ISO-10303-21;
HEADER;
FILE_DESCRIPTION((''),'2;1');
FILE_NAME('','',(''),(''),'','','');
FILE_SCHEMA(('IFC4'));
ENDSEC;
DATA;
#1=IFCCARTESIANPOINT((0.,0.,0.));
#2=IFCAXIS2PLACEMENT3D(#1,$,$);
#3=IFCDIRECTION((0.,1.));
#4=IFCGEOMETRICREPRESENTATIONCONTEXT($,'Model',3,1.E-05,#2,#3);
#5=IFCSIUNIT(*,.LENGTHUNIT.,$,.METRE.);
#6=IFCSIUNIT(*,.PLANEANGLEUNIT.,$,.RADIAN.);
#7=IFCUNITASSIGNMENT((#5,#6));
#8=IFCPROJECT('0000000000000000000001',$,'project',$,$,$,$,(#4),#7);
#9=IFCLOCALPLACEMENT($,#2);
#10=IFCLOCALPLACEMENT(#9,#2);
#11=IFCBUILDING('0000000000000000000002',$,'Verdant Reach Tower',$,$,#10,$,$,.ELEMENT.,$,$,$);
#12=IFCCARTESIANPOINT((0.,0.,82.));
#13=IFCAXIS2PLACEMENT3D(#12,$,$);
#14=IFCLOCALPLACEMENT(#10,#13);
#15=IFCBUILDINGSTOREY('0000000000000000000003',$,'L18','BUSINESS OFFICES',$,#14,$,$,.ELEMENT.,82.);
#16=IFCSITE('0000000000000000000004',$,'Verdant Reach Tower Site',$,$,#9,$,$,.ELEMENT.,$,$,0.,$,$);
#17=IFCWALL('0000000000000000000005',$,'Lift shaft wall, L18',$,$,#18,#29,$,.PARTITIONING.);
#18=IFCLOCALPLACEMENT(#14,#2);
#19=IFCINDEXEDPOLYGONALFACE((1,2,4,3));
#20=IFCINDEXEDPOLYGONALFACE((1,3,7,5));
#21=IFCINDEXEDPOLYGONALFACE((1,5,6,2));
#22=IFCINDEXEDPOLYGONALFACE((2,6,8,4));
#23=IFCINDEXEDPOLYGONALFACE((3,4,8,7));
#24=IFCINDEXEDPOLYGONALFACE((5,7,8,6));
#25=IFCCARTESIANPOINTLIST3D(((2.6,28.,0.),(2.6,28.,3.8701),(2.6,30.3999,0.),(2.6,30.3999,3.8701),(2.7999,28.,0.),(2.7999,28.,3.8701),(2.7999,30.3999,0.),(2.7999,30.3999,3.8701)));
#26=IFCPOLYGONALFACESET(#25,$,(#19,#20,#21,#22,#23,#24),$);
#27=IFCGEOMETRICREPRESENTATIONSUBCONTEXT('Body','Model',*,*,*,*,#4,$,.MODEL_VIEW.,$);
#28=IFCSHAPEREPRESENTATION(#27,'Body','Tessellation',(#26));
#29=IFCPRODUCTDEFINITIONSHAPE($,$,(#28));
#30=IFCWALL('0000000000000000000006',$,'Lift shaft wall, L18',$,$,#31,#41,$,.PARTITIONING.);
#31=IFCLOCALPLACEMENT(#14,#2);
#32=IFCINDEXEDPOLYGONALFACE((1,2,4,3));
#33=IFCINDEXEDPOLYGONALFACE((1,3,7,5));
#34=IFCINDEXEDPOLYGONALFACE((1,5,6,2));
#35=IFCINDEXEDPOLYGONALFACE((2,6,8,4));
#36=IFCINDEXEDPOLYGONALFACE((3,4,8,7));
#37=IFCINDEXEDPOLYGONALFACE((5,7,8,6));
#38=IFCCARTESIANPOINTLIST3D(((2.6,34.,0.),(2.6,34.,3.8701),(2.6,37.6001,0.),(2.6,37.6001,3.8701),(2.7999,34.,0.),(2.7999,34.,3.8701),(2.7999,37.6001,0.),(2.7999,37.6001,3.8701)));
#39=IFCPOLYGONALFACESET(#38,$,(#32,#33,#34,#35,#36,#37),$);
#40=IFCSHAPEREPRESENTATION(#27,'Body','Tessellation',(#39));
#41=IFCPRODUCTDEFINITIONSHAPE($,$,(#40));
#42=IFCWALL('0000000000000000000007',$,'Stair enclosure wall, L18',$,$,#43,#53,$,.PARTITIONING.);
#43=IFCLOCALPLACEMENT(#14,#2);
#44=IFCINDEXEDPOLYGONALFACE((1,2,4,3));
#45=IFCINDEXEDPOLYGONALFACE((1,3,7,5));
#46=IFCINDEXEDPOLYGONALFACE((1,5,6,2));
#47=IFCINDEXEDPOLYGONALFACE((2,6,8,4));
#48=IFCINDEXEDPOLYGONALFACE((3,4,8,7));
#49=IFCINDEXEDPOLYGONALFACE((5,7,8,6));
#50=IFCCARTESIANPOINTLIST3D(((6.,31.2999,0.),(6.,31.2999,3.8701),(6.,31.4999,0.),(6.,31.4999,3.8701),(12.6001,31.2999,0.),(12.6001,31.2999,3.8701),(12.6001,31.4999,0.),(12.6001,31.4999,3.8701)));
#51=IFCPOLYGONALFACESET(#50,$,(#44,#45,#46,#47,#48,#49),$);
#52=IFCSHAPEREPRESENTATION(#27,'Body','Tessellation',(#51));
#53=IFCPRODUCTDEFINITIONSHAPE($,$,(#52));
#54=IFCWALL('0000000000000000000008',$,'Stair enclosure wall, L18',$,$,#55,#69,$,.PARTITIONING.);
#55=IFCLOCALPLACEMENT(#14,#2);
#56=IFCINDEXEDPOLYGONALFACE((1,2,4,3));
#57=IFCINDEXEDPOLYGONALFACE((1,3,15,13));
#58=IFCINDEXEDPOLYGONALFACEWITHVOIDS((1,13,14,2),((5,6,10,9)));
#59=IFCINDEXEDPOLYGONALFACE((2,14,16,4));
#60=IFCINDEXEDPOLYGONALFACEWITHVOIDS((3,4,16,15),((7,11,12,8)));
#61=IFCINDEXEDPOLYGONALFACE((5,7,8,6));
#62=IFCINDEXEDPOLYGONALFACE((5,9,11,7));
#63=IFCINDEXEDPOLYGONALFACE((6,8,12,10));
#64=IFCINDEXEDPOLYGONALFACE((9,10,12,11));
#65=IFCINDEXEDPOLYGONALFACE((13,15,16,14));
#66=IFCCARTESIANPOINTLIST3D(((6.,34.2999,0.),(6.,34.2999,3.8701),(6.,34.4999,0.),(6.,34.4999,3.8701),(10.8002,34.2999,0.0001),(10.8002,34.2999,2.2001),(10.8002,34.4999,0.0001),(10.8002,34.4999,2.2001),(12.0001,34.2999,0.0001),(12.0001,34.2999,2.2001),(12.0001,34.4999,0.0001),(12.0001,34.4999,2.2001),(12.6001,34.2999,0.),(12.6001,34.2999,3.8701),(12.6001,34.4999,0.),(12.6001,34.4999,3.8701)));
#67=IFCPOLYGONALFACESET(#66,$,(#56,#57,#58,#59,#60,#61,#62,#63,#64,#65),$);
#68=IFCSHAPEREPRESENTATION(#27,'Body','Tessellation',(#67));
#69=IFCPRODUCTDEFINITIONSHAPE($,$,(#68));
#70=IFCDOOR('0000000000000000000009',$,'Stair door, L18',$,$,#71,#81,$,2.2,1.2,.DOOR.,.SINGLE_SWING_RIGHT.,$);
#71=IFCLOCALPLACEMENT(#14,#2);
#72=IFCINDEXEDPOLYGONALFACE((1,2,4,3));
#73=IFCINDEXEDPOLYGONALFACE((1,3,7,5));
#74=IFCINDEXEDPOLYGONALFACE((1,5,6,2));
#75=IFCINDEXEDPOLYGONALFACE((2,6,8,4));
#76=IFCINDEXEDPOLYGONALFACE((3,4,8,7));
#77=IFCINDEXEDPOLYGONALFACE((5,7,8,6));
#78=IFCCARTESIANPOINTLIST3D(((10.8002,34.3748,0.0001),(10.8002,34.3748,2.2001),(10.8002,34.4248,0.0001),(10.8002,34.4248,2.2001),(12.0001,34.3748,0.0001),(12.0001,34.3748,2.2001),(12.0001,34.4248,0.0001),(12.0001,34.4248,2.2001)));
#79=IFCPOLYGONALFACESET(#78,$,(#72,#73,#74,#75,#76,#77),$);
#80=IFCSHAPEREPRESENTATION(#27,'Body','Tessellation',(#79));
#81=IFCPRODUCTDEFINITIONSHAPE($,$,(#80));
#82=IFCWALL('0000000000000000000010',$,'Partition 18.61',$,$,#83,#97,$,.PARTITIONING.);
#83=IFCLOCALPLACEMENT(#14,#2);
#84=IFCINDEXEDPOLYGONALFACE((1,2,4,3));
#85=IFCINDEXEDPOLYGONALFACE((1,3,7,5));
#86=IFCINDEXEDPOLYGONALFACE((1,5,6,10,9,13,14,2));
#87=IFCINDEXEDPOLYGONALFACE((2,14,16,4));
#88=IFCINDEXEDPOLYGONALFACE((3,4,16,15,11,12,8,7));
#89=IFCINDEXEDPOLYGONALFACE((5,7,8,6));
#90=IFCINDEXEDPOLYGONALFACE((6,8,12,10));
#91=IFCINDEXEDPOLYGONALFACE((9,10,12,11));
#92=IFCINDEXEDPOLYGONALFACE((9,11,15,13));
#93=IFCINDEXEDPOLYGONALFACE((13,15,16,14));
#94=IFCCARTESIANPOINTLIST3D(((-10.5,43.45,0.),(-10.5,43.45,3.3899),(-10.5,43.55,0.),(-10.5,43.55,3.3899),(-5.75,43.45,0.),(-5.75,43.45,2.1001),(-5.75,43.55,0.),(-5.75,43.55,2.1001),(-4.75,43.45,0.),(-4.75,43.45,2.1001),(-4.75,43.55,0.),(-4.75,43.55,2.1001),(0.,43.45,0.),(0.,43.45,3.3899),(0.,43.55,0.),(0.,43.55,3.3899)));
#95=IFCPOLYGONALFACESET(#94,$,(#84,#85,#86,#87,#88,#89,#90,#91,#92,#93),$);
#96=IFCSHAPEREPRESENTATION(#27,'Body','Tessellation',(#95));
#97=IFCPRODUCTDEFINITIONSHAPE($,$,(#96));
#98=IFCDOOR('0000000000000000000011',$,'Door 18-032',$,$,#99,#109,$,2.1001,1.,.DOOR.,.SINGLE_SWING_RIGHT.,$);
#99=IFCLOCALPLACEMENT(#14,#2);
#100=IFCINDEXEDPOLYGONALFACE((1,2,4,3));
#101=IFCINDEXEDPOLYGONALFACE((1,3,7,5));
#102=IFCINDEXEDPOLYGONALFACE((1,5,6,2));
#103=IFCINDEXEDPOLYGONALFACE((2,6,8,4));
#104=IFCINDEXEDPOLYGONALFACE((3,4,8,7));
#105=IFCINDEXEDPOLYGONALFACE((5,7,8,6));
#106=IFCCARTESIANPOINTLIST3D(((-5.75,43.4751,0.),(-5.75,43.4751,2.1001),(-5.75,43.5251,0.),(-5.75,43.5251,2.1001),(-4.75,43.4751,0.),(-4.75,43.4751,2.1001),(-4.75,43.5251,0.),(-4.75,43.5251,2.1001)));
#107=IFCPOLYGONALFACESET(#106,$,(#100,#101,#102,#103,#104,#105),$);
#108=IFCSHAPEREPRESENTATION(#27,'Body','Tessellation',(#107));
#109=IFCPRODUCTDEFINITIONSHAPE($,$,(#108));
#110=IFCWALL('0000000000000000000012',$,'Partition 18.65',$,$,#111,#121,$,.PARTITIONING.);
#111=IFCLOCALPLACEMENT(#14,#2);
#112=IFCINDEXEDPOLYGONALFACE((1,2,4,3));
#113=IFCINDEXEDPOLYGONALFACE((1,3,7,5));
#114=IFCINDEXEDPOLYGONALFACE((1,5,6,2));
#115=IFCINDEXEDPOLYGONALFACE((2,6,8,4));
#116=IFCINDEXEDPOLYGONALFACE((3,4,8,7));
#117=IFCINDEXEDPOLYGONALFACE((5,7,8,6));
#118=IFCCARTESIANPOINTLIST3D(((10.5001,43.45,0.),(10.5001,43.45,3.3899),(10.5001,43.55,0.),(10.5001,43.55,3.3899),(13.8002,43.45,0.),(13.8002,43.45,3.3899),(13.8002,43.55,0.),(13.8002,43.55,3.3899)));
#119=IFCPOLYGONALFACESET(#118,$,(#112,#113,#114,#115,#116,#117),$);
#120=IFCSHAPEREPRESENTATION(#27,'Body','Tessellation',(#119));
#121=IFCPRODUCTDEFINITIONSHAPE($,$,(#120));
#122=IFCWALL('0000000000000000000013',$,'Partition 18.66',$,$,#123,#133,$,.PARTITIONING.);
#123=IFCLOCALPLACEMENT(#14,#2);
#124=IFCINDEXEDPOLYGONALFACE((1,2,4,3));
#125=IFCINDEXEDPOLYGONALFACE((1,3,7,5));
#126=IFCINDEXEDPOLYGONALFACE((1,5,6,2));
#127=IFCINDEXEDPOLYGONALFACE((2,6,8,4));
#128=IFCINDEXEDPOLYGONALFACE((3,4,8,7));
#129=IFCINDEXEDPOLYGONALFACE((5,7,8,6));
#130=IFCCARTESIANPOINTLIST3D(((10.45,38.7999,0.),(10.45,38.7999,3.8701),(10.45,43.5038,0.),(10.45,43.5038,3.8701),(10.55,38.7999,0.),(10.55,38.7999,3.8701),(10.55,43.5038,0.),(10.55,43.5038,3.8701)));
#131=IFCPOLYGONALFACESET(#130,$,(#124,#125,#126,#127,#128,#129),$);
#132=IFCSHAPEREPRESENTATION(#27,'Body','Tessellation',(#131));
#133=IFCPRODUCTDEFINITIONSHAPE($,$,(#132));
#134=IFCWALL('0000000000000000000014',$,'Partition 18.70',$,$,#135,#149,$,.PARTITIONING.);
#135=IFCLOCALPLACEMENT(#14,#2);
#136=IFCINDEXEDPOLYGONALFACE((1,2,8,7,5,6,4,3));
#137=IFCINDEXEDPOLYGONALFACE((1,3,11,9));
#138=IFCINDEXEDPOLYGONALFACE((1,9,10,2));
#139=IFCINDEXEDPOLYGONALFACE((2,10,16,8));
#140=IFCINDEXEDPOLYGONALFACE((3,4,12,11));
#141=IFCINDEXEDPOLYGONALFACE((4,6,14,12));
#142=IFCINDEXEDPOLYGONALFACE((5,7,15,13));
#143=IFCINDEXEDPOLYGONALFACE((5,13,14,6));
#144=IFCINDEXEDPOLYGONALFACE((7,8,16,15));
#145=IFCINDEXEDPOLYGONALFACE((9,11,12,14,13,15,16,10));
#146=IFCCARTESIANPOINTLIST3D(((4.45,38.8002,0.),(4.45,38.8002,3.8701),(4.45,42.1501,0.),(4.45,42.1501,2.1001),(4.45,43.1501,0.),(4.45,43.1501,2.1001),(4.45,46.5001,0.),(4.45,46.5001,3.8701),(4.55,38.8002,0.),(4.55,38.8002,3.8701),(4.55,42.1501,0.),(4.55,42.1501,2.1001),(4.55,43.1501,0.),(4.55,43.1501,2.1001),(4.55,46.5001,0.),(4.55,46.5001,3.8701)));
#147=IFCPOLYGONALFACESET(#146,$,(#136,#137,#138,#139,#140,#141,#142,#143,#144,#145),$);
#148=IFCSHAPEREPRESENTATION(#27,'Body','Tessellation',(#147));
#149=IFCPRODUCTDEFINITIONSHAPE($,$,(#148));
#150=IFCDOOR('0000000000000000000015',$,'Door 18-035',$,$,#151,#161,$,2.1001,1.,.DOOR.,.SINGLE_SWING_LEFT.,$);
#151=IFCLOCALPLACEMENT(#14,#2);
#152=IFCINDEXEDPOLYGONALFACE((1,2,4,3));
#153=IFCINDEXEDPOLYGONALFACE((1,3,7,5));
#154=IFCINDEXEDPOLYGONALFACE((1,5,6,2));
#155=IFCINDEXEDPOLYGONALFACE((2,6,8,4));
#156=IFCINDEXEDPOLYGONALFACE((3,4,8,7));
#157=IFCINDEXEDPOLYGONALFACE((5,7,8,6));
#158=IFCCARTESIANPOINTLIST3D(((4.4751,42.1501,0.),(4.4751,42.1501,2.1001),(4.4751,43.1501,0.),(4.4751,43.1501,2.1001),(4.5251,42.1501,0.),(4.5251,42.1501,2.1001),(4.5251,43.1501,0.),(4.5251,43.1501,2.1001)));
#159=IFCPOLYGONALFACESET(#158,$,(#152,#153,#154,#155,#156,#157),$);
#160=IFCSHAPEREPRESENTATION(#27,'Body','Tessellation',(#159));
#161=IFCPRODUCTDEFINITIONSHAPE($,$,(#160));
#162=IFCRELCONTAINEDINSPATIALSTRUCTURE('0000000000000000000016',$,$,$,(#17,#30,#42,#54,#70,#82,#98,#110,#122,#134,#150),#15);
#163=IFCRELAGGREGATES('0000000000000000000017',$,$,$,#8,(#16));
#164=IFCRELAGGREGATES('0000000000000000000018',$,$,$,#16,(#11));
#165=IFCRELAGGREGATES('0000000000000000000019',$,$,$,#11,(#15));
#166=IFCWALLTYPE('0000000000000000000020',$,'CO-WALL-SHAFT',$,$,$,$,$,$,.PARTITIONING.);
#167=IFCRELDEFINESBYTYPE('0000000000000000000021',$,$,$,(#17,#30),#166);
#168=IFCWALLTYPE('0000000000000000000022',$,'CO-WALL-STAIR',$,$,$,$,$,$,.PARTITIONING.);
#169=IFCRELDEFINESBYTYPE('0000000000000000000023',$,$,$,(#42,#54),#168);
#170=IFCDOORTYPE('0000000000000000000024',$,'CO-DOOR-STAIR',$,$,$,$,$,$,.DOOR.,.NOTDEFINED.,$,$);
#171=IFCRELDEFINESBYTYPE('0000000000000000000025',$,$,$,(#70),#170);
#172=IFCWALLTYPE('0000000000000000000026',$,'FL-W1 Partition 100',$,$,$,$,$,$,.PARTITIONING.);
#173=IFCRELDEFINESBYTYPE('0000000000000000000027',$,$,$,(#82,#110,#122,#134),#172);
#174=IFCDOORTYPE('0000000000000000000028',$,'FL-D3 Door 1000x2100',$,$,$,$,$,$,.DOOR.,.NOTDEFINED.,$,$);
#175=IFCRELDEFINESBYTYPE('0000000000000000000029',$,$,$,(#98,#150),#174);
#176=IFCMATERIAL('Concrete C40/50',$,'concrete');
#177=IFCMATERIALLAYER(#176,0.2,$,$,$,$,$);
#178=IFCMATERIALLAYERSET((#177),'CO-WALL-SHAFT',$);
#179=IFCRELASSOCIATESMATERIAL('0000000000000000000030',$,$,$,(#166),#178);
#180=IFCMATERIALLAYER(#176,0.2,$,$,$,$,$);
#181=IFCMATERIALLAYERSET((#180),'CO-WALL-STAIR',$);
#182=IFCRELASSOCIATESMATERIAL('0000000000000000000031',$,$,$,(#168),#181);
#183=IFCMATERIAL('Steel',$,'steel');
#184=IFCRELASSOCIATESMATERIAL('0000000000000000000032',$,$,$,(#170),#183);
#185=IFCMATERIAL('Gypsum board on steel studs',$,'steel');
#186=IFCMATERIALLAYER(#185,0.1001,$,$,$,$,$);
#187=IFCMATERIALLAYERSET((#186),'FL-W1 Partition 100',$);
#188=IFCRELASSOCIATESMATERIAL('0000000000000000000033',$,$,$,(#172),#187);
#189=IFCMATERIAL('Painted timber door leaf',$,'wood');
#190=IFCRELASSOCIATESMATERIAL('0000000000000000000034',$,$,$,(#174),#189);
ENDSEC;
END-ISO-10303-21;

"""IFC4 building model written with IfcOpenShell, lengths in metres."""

from ifc_helpers import new_model, si_unit, direction, frame, frame_2d, origin, place, context, subcontext, project, spatial, rectangle, extrude, material, layer, layer_set, type_object, element, fill, save


model = new_model("IFC4")

# Units and contexts
model_context = context("Model", 3, precision=1e-05, world=origin(), true_north=direction((0.0, 1.0)))
body_context = subcontext(model_context, "Body", "Model", "MODEL_VIEW")
ifc_project = project(units=[si_unit("LENGTHUNIT", "METRE"), si_unit("PLANEANGLEUNIT", "RADIAN")], contexts=[model_context])

# Site, building, storey
site_placement = place(None, origin())
site = spatial("IfcSite", under=ifc_project, at=site_placement, Name="Verdant Reach Tower Site", CompositionType="ELEMENT", RefElevation=0.0)
building_placement = place(site_placement, origin())
building = spatial("IfcBuilding", under=site, at=building_placement, Name="Verdant Reach Tower", CompositionType="ELEMENT")
storey_placement = place(building_placement, frame((0.0, 0.0, 82.0)))
storey = spatial("IfcBuildingStorey", under=building, at=storey_placement, Name="L18", Description="BUSINESS OFFICES", CompositionType="ELEMENT", Elevation=82.0)

# Walls
ifc_material_1 = material(Name="Concrete C40/50", Category="concrete")
ifc_layer_1 = layer(ifc_material_1, 0.2)
ifc_layer_set_1 = layer_set([ifc_layer_1], Name="CO-WALL-SHAFT")
wall_type_1 = type_object("IfcWallType", Name="CO-WALL-SHAFT", PredefinedType="PARTITIONING", material=ifc_layer_set_1)
wall_1_placement = place(storey_placement, frame((2.7, 28.0, 0.0), z_axis=(0.0, 0.0, 1.0), x_axis=(0.0, 1.0, 0.0)))
element("IfcWall", 1, at=wall_1_placement, inside=storey, type_object=wall_type_1, Name="Lift shaft wall, L18", PredefinedType="PARTITIONING", context=body_context, shape_type="SweptSolid", body=[
    extrude(rectangle(XDim=2.3999, YDim=0.2, at=frame_2d((1.2, 0.0))), origin(), (0.0, 0.0, 1.0), 3.8701),
])
wall_2_placement = place(storey_placement, frame((2.7, 34.0, 0.0), z_axis=(0.0, 0.0, 1.0), x_axis=(0.0, 1.0, 0.0)))
element("IfcWall", 2, at=wall_2_placement, inside=storey, type_object=wall_type_1, Name="Lift shaft wall, L18", PredefinedType="PARTITIONING", context=body_context, shape_type="SweptSolid", body=[
    extrude(rectangle(XDim=3.6001, YDim=0.2, at=frame_2d((1.8, 0.0))), origin(), (0.0, 0.0, 1.0), 3.8701),
])
ifc_layer_2 = layer(ifc_material_1, 0.2)
ifc_layer_set_2 = layer_set([ifc_layer_2], Name="CO-WALL-STAIR")
wall_type_2 = type_object("IfcWallType", Name="CO-WALL-STAIR", PredefinedType="PARTITIONING", material=ifc_layer_set_2)
wall_3_placement = place(storey_placement, frame((6.0, 31.3999, 0.0), z_axis=(0.0, 0.0, 1.0), x_axis=(1.0, 0.0, 0.0)))
element("IfcWall", 3, at=wall_3_placement, inside=storey, type_object=wall_type_2, Name="Stair enclosure wall, L18", PredefinedType="PARTITIONING", context=body_context, shape_type="SweptSolid", body=[
    extrude(rectangle(XDim=6.6001, YDim=0.2, at=frame_2d((3.3, 0.0))), origin(), (0.0, 0.0, 1.0), 3.8701),
])

# Walls, openings, doors
wall_4_placement = place(storey_placement, frame((6.0, 34.3999, 0.0), z_axis=(0.0, 0.0, 1.0), x_axis=(1.0, 0.0, 0.0)))
wall_4 = element("IfcWall", 4, at=wall_4_placement, inside=storey, type_object=wall_type_2, Name="Stair enclosure wall, L18", PredefinedType="PARTITIONING", context=body_context, shape_type="SweptSolid", body=[
    extrude(rectangle(XDim=6.6001, YDim=0.2, at=frame_2d((3.3, 0.0))), origin(), (0.0, 0.0, 1.0), 3.8701),
])
opening_1_placement = place(wall_4_placement, frame((4.8, 0.0, 0.0)))
opening_1 = element("IfcOpeningElement", 5, at=opening_1_placement, cuts=wall_4, PredefinedType="OPENING", context=body_context, shape_type="SweptSolid", body=[
    extrude(rectangle(XDim=1.2, YDim=2.2, at=frame_2d((0.6001, 1.1001))), frame((0.0, 0.1099, 0.0), z_axis=(0.0, -1.0, 0.0), x_axis=(1.0, 0.0, 0.0)), (0.0, 0.0, 1.0), 0.22),
])
ifc_material_2 = material(Name="Steel", Category="steel")
door_type_1 = type_object("IfcDoorType", Name="CO-DOOR-STAIR", OperationType="NOTDEFINED", PredefinedType="DOOR", material=ifc_material_2)
door_1_placement = place(opening_1_placement, origin())
door_1 = element("IfcDoor", 6, at=door_1_placement, inside=storey, type_object=door_type_1, Name="Stair door, L18", OperationType="SINGLE_SWING_RIGHT", OverallHeight=2.2, OverallWidth=1.2, PredefinedType="DOOR", context=body_context, shape_type="SweptSolid", body=[
    extrude(rectangle(XDim=1.2, YDim=2.2, at=frame_2d((0.6001, 1.1001))), frame((0.0, 0.0249, 0.0), z_axis=(0.0, -1.0, 0.0), x_axis=(1.0, 0.0, 0.0)), (0.0, 0.0, 1.0), 0.05),
])
fill(opening_1, door_1)
ifc_material_3 = material(Name="Gypsum board on steel studs", Category="steel")
ifc_layer_3 = layer(ifc_material_3, 0.1001)
ifc_layer_set_3 = layer_set([ifc_layer_3], Name="FL-W1 Partition 100")
wall_type_3 = type_object("IfcWallType", Name="FL-W1 Partition 100", PredefinedType="PARTITIONING", material=ifc_layer_set_3)
wall_5_placement = place(storey_placement, frame((0.0, 43.5, 0.0), z_axis=(0.0, 0.0, 1.0), x_axis=(-1.0, 0.0, 0.0)))
wall_5 = element("IfcWall", 7, at=wall_5_placement, inside=storey, type_object=wall_type_3, Name="Partition 18.61", PredefinedType="PARTITIONING", context=body_context, shape_type="SweptSolid", body=[
    extrude(rectangle(XDim=10.5, YDim=0.1001, at=frame_2d((5.25, 0.0))), origin(), (0.0, 0.0, 1.0), 3.3899),
])
opening_2_placement = place(wall_5_placement, frame((4.75, 0.0, 0.0)))
opening_2 = element("IfcOpeningElement", 8, at=opening_2_placement, cuts=wall_5, PredefinedType="OPENING", context=body_context, shape_type="SweptSolid", body=[
    extrude(rectangle(XDim=1.0, YDim=2.1001, at=frame_2d((0.5, 1.05))), frame((0.0, 0.0601, 0.0), z_axis=(0.0, -1.0, 0.0), x_axis=(1.0, 0.0, 0.0)), (0.0, 0.0, 1.0), 0.1201),
])
ifc_material_4 = material(Name="Painted timber door leaf", Category="wood")
door_type_2 = type_object("IfcDoorType", Name="FL-D3 Door 1000x2100", OperationType="NOTDEFINED", PredefinedType="DOOR", material=ifc_material_4)
door_2_placement = place(opening_2_placement, origin())
door_2 = element("IfcDoor", 9, at=door_2_placement, inside=storey, type_object=door_type_2, Name="Door 18-032", OperationType="SINGLE_SWING_RIGHT", OverallHeight=2.1001, OverallWidth=1.0, PredefinedType="DOOR", context=body_context, shape_type="SweptSolid", body=[
    extrude(rectangle(XDim=1.0, YDim=2.1001, at=frame_2d((0.5, 1.05))), frame((0.0, 0.0249, 0.0), z_axis=(0.0, -1.0, 0.0), x_axis=(1.0, 0.0, 0.0)), (0.0, 0.0, 1.0), 0.05),
])
fill(opening_2, door_2)

# Walls
wall_6_placement = place(storey_placement, frame((13.8, 43.5, 0.0), z_axis=(0.0, 0.0, 1.0), x_axis=(-1.0, 0.0, 0.0)))
element("IfcWall", 10, at=wall_6_placement, inside=storey, type_object=wall_type_3, Name="Partition 18.65", PredefinedType="PARTITIONING", context=body_context, shape_type="SweptSolid", body=[
    extrude(rectangle(XDim=3.3, YDim=0.1001, at=frame_2d((1.6499, 0.0))), origin(), (0.0, 0.0, 1.0), 3.3899),
])
wall_7_placement = place(storey_placement, frame((10.5, 43.5039, 0.0), z_axis=(0.0, 0.0, 1.0), x_axis=(0.0, -1.0, 0.0)))
element("IfcWall", 11, at=wall_7_placement, inside=storey, type_object=wall_type_3, Name="Partition 18.66", PredefinedType="PARTITIONING", context=body_context, shape_type="SweptSolid", body=[
    extrude(rectangle(XDim=4.7039, YDim=0.1001, at=frame_2d((2.3521, 0.0))), origin(), (0.0, 0.0, 1.0), 3.8701),
])

# Wall, opening, door
wall_8_placement = place(storey_placement, frame((4.5, 38.8, 0.0), z_axis=(0.0, 0.0, 1.0), x_axis=(0.0, 1.0, 0.0)))
wall_8 = element("IfcWall", 12, at=wall_8_placement, inside=storey, type_object=wall_type_3, Name="Partition 18.70", PredefinedType="PARTITIONING", context=body_context, shape_type="SweptSolid", body=[
    extrude(rectangle(XDim=7.7, YDim=0.1001, at=frame_2d((3.8501, 0.0))), origin(), (0.0, 0.0, 1.0), 3.8701),
])
opening_3_placement = place(wall_8_placement, frame((3.3501, 0.0, 0.0)))
opening_3 = element("IfcOpeningElement", 13, at=opening_3_placement, cuts=wall_8, PredefinedType="OPENING", context=body_context, shape_type="SweptSolid", body=[
    extrude(rectangle(XDim=1.0, YDim=2.1001, at=frame_2d((0.5, 1.05))), frame((0.0, 0.0601, 0.0), z_axis=(0.0, -1.0, 0.0), x_axis=(1.0, 0.0, 0.0)), (0.0, 0.0, 1.0), 0.1201),
])
door_3_placement = place(opening_3_placement, origin())
door_3 = element("IfcDoor", 14, at=door_3_placement, inside=storey, type_object=door_type_2, Name="Door 18-035", OperationType="SINGLE_SWING_LEFT", OverallHeight=2.1001, OverallWidth=1.0, PredefinedType="DOOR", context=body_context, shape_type="SweptSolid", body=[
    extrude(rectangle(XDim=1.0, YDim=2.1001, at=frame_2d((0.5, 1.05))), frame((0.0, 0.0249, 0.0), z_axis=(0.0, -1.0, 0.0), x_axis=(1.0, 0.0, 0.0)), (0.0, 0.0, 1.0), 0.05),
])
fill(opening_3, door_3)

save(model, "model.ifc")
